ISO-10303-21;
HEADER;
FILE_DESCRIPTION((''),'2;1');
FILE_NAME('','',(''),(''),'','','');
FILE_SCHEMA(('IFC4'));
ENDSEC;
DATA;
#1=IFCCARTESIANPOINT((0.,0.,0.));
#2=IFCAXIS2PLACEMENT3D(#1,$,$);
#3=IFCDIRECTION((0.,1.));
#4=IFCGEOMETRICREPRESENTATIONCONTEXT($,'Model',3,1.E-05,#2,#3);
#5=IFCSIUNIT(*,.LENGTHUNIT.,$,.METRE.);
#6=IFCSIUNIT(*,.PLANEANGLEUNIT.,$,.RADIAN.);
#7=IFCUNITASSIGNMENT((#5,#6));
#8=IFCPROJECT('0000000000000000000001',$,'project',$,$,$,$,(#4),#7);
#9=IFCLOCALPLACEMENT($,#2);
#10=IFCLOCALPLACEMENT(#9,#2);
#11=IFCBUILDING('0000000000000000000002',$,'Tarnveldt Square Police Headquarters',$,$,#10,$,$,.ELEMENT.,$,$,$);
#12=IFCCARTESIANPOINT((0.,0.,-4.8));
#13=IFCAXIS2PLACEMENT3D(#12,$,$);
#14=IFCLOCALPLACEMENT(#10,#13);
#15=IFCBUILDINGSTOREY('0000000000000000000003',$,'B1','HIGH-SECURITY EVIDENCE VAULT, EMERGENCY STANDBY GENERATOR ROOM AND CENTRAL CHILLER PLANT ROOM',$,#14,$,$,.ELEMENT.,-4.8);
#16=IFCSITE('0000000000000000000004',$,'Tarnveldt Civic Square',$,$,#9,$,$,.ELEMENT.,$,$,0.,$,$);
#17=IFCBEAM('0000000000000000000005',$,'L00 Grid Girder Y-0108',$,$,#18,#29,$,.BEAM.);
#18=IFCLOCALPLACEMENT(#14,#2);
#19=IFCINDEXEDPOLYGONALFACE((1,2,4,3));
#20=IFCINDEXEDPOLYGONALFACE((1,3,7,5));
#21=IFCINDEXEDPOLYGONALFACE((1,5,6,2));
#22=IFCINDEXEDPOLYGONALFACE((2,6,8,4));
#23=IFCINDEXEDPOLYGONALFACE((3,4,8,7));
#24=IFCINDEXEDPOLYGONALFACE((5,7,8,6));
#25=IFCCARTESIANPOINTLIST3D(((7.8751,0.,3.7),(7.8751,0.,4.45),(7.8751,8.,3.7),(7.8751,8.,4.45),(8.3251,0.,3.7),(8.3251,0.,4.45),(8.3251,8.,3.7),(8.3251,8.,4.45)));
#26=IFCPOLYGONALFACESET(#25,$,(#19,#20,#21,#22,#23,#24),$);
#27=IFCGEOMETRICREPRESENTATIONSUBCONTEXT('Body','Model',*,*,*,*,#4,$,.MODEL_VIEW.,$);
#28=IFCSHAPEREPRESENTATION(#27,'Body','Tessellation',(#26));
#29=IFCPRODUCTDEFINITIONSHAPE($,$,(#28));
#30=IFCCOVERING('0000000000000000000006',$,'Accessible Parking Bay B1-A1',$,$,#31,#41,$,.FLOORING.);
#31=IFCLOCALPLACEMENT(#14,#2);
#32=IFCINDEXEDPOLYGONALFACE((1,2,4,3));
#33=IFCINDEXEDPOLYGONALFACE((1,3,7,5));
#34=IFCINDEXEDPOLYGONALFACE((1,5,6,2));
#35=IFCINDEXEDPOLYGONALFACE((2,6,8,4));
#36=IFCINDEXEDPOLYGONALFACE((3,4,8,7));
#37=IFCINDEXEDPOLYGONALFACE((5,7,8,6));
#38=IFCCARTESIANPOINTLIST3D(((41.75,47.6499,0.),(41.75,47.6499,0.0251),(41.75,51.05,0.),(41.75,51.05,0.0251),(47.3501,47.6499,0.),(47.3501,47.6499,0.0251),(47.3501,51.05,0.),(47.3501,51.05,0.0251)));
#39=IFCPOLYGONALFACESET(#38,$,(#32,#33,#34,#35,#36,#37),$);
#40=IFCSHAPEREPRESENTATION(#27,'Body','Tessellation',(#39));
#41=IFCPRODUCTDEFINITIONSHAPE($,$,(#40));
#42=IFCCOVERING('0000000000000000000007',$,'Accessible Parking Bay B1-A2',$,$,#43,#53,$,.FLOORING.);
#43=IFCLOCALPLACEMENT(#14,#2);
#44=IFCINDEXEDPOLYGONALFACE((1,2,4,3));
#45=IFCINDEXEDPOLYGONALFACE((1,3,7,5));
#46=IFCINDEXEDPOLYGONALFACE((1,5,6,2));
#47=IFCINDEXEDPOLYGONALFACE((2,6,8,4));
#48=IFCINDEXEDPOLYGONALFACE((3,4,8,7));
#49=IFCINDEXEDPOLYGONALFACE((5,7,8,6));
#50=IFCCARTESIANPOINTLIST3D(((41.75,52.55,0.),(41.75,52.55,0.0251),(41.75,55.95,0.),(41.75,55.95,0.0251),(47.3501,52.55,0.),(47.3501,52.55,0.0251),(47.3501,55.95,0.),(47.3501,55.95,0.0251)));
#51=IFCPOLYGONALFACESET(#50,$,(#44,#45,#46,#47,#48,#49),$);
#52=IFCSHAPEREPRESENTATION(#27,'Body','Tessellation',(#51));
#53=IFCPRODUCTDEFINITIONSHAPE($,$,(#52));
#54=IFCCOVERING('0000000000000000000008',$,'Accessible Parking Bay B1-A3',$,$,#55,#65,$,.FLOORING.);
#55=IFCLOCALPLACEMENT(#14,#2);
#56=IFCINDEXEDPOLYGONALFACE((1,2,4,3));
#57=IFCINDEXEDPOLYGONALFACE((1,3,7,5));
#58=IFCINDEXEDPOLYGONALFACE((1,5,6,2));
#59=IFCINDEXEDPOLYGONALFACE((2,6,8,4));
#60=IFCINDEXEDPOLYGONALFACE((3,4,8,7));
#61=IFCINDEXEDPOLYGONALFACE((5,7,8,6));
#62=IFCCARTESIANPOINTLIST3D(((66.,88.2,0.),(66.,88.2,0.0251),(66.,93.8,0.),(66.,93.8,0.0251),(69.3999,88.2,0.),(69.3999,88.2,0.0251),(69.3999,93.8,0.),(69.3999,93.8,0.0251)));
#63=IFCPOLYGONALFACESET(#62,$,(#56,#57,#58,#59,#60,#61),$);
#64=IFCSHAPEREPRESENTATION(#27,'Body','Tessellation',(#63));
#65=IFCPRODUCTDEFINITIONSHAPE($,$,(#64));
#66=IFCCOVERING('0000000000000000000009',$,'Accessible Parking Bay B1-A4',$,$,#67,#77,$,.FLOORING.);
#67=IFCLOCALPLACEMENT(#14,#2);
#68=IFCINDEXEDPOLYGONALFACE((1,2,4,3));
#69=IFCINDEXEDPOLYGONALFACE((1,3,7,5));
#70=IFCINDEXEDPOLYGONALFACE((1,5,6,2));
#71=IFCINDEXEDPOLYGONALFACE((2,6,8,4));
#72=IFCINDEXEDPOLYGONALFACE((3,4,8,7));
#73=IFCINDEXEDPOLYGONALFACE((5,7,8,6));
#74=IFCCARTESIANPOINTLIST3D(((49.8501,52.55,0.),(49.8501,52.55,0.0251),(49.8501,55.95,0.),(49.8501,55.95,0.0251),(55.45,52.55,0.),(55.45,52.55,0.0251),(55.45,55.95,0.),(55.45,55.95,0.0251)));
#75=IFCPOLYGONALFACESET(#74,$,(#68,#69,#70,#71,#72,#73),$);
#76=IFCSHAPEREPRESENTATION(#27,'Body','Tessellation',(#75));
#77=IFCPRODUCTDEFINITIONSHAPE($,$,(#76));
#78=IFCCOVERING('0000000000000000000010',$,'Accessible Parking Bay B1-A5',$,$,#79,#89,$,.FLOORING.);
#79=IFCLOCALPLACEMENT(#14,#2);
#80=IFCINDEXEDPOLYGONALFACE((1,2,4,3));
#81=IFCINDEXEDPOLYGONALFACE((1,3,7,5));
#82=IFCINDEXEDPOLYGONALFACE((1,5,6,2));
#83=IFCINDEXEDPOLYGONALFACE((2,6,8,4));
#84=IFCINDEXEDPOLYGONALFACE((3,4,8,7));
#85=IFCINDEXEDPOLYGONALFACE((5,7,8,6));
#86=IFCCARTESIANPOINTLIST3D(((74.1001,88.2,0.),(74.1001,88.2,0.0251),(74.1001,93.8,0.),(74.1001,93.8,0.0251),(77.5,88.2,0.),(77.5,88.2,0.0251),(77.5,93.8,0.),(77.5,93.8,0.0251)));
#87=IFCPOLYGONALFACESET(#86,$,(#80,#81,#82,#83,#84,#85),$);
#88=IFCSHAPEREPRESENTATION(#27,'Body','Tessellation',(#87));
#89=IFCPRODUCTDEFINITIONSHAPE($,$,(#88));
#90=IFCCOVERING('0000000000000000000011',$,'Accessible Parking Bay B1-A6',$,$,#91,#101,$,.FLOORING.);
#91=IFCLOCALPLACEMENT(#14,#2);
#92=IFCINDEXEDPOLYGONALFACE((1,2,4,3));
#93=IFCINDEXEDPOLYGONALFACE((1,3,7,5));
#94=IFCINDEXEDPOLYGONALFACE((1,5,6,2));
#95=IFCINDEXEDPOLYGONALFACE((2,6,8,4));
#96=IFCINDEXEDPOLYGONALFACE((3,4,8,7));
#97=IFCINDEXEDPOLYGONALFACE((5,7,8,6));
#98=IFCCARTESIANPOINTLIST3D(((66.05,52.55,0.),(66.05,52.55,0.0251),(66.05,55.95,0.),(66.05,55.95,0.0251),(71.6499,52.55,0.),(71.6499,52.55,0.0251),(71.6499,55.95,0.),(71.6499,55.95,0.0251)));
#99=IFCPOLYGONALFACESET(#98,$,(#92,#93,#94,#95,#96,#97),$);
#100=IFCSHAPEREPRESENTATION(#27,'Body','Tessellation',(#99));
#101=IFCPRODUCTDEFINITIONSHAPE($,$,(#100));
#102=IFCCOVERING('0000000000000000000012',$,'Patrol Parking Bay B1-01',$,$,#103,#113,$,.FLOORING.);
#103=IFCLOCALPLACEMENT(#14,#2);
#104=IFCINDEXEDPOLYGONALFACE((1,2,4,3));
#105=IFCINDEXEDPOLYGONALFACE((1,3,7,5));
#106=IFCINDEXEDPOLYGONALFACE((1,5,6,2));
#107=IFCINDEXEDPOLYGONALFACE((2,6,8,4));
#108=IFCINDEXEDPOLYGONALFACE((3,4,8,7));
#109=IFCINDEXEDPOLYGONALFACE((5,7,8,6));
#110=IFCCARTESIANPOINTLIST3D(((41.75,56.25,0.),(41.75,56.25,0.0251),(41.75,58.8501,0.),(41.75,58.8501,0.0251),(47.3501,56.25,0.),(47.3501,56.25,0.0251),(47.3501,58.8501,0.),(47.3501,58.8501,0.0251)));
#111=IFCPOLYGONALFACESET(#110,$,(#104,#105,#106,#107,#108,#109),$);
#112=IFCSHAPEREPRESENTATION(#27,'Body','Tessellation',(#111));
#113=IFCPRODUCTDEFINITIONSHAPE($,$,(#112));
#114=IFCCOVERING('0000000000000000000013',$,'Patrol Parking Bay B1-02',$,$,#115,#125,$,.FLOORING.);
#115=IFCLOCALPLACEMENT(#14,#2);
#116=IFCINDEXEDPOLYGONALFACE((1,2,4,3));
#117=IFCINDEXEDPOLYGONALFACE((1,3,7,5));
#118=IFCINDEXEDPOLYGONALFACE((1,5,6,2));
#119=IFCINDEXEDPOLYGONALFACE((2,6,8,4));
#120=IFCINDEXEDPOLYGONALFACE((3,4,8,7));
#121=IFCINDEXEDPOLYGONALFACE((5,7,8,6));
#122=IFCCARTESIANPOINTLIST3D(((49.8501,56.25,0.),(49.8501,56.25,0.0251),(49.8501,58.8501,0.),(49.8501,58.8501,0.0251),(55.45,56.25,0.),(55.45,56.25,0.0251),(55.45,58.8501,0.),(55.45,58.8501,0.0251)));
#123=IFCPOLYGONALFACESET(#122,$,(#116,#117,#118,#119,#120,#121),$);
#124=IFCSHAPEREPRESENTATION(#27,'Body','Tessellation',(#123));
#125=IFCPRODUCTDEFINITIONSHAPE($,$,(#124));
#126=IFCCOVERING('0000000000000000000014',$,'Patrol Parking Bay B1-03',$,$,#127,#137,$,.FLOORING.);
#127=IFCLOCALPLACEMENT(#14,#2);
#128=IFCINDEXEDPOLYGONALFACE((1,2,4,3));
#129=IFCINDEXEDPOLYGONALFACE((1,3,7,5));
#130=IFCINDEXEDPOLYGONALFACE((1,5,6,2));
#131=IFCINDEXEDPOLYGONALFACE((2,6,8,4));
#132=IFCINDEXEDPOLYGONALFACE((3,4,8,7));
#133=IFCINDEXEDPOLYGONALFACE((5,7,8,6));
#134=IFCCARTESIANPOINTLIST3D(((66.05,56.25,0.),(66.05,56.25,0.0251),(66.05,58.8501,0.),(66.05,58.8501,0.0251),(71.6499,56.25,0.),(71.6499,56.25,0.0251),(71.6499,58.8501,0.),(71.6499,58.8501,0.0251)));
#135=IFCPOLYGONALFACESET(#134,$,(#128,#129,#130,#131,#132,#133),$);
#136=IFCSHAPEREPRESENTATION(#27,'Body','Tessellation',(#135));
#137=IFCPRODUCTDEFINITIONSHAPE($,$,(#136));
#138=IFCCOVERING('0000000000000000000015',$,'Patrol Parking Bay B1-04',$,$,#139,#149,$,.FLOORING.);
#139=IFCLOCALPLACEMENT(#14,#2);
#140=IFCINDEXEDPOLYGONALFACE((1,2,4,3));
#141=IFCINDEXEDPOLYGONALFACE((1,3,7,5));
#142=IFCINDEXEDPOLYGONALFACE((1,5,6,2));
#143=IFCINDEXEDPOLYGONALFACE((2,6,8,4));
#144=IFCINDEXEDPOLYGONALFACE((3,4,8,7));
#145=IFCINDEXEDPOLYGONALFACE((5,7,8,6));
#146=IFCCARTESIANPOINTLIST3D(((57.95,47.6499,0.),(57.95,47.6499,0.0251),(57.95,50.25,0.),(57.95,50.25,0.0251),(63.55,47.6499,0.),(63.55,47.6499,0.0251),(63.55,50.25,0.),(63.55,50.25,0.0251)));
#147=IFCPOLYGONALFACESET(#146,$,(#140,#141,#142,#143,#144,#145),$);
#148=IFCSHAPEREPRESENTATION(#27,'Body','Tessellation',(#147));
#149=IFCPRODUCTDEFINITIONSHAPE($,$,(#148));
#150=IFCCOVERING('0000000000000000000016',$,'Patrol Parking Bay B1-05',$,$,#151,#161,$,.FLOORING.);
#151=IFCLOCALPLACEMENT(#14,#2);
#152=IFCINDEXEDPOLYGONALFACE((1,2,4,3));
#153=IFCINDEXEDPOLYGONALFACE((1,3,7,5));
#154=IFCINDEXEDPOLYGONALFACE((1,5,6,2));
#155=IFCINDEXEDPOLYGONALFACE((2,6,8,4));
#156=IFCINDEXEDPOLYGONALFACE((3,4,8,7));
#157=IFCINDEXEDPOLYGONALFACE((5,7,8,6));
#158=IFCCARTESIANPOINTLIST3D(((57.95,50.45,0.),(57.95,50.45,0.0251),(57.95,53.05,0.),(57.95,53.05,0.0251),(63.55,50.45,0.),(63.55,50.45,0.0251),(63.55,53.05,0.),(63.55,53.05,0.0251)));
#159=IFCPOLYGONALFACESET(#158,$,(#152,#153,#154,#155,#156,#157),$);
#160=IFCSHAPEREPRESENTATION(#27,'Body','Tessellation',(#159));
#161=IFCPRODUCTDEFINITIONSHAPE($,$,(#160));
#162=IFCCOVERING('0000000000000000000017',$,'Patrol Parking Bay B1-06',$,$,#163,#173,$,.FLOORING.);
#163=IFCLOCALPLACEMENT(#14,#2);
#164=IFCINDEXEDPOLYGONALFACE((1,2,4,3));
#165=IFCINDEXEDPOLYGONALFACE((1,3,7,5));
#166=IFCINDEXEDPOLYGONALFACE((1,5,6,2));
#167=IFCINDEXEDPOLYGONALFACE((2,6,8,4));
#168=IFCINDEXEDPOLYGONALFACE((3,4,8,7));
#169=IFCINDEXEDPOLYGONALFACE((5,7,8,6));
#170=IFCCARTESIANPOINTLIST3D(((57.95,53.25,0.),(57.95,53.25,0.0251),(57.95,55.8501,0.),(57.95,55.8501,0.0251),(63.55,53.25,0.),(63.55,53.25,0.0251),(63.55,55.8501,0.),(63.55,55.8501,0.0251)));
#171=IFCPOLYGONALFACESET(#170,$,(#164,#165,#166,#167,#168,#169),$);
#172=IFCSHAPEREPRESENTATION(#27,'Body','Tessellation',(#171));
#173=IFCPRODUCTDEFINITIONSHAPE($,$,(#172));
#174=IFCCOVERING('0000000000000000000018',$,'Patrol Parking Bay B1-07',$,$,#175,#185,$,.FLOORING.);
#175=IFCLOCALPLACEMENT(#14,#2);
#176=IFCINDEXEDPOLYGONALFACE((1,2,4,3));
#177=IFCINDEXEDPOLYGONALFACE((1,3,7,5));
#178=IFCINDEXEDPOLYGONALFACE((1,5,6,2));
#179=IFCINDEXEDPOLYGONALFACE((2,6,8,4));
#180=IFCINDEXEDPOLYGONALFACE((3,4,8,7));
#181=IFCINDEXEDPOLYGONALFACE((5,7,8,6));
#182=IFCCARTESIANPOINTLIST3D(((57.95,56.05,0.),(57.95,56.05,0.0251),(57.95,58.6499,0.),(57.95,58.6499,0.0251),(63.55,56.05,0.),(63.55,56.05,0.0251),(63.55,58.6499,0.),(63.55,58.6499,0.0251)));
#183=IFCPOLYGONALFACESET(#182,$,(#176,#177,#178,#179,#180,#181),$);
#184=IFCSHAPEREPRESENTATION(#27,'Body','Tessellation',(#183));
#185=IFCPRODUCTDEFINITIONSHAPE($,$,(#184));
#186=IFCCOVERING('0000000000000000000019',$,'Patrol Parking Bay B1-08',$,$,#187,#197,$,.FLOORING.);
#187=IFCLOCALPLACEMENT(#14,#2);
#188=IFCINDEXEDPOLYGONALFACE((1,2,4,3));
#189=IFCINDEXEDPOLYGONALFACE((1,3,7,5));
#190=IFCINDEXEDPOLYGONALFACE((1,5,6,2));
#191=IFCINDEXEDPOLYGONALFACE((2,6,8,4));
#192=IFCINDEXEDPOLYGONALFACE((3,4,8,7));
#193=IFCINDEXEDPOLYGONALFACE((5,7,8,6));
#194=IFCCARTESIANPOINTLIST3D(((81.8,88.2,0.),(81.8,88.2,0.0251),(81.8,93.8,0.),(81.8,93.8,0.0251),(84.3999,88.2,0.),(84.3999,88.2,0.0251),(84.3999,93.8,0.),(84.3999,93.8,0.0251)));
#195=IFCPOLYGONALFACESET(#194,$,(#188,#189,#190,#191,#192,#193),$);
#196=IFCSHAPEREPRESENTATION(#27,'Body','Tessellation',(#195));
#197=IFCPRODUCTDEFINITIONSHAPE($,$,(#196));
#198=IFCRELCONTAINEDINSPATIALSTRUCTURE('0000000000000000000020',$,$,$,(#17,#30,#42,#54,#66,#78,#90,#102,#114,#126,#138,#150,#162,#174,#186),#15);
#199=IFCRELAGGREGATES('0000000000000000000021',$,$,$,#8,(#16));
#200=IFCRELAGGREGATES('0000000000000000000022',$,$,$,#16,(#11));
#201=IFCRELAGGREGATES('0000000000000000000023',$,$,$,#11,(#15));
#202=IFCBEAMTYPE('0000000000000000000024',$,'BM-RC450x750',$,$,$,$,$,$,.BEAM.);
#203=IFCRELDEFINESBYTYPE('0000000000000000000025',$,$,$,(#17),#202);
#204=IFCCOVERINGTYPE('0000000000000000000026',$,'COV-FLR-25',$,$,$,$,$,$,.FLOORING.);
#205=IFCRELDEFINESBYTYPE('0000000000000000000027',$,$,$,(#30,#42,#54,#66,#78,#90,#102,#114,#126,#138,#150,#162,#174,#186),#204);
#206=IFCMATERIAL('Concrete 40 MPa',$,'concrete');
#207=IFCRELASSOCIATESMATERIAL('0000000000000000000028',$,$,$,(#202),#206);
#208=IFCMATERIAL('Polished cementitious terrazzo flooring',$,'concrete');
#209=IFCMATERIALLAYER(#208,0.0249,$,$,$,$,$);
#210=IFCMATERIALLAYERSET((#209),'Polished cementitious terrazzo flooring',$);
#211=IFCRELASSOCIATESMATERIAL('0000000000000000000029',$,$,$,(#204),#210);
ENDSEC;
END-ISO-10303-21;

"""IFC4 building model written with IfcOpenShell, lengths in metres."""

from ifc_helpers import new_model, si_unit, direction, frame, origin, origin_2d, place, context, subcontext, project, spatial, polyline, rectangle, outline, extrude, material, layer, layer_set, material_profile, profile_set, type_object, element, save


model = new_model("IFC4")

# Units and contexts
model_context = context("Model", 3, precision=1e-05, world=origin(), true_north=direction((0.0, 1.0)))
body_context = subcontext(model_context, "Body", "Model", "MODEL_VIEW")
ifc_project = project(units=[si_unit("LENGTHUNIT", "METRE"), si_unit("PLANEANGLEUNIT", "RADIAN")], contexts=[model_context])

# Site, building, storey
site_placement = place(None, origin())
site = spatial("IfcSite", under=ifc_project, at=site_placement, Name="Tarnveldt Civic Square", CompositionType="ELEMENT", RefElevation=0.0)
building_placement = place(site_placement, origin())
building = spatial("IfcBuilding", under=site, at=building_placement, Name="Tarnveldt Square Police Headquarters", CompositionType="ELEMENT")
storey_placement = place(building_placement, frame((0.0, 0.0, -4.8)))
storey = spatial("IfcBuildingStorey", under=building, at=storey_placement, Name="B1", Description="HIGH-SECURITY EVIDENCE VAULT, EMERGENCY STANDBY GENERATOR ROOM AND CENTRAL CHILLER PLANT ROOM", CompositionType="ELEMENT", Elevation=-4.8)

# Shared definitions
ifc_material_1 = material(Name="Concrete 40 MPa", Category="concrete")

# Beam
ifc_material_profile_1 = material_profile(ifc_material_1, rectangle(XDim=0.45, YDim=0.75, at=origin_2d()), Name="RC-B450x750")
ifc_profile_set_1 = profile_set([ifc_material_profile_1], Name="Concrete 40 MPa")
beam_type = type_object("IfcBeamType", Name="BM-RC450x750", PredefinedType="BEAM", material=ifc_profile_set_1)
beam_1_placement = place(storey_placement, frame((8.1001, 0.0, 4.075), z_axis=(0.0, 1.0, 0.0), x_axis=(-1.0, 0.0, 0.0)))
element("IfcBeam", 1, at=beam_1_placement, inside=storey, type_object=beam_type, Name="L00 Grid Girder Y-0108", PredefinedType="BEAM", context=body_context, shape_type="SweptSolid", body=[
    extrude(rectangle(XDim=0.45, YDim=0.75, at=origin_2d()), origin(), (0.0, 0.0, 1.0), 8.0),
])

# Coverings
ifc_material_2 = material(Name="Polished cementitious terrazzo flooring", Category="concrete")
ifc_layer = layer(ifc_material_2, 0.0249)
ifc_layer_set = layer_set([ifc_layer], Name="Polished cementitious terrazzo flooring")
covering_type = type_object("IfcCoveringType", Name="COV-FLR-25", PredefinedType="FLOORING", material=ifc_layer_set)
covering_1_placement = place(storey_placement, origin())
element("IfcCovering", 2, at=covering_1_placement, inside=storey, type_object=covering_type, Name="Accessible Parking Bay B1-A1", PredefinedType="FLOORING", context=body_context, shape_type="SweptSolid", body=[
    extrude(outline(polyline([(47.3501, 47.6499), (47.3501, 51.05), (41.75, 51.05), (41.75, 47.6499), (47.3501, 47.6499)])), origin(), (0.0, 0.0, 1.0), 0.0251),
])
covering_2_placement = place(storey_placement, origin())
element("IfcCovering", 3, at=covering_2_placement, inside=storey, type_object=covering_type, Name="Accessible Parking Bay B1-A2", PredefinedType="FLOORING", context=body_context, shape_type="SweptSolid", body=[
    extrude(outline(polyline([(47.3501, 52.55), (47.3501, 55.95), (41.75, 55.95), (41.75, 52.55), (47.3501, 52.55)])), origin(), (0.0, 0.0, 1.0), 0.0251),
])
covering_3_placement = place(storey_placement, origin())
element("IfcCovering", 4, at=covering_3_placement, inside=storey, type_object=covering_type, Name="Accessible Parking Bay B1-A3", PredefinedType="FLOORING", context=body_context, shape_type="SweptSolid", body=[
    extrude(outline(polyline([(69.3999, 88.2), (69.3999, 93.8), (66.0, 93.8), (66.0, 88.2), (69.3999, 88.2)])), origin(), (0.0, 0.0, 1.0), 0.0251),
])
covering_4_placement = place(storey_placement, origin())
element("IfcCovering", 5, at=covering_4_placement, inside=storey, type_object=covering_type, Name="Accessible Parking Bay B1-A4", PredefinedType="FLOORING", context=body_context, shape_type="SweptSolid", body=[
    extrude(outline(polyline([(55.45, 52.55), (55.45, 55.95), (49.8501, 55.95), (49.8501, 52.55), (55.45, 52.55)])), origin(), (0.0, 0.0, 1.0), 0.0251),
])
covering_5_placement = place(storey_placement, origin())
element("IfcCovering", 6, at=covering_5_placement, inside=storey, type_object=covering_type, Name="Accessible Parking Bay B1-A5", PredefinedType="FLOORING", context=body_context, shape_type="SweptSolid", body=[
    extrude(outline(polyline([(77.5, 88.2), (77.5, 93.8), (74.1001, 93.8), (74.1001, 88.2), (77.5, 88.2)])), origin(), (0.0, 0.0, 1.0), 0.0251),
])
covering_6_placement = place(storey_placement, origin())
element("IfcCovering", 7, at=covering_6_placement, inside=storey, type_object=covering_type, Name="Accessible Parking Bay B1-A6", PredefinedType="FLOORING", context=body_context, shape_type="SweptSolid", body=[
    extrude(outline(polyline([(71.6499, 52.55), (71.6499, 55.95), (66.05, 55.95), (66.05, 52.55), (71.6499, 52.55)])), origin(), (0.0, 0.0, 1.0), 0.0251),
])
covering_7_placement = place(storey_placement, origin())
element("IfcCovering", 8, at=covering_7_placement, inside=storey, type_object=covering_type, Name="Patrol Parking Bay B1-01", PredefinedType="FLOORING", context=body_context, shape_type="SweptSolid", body=[
    extrude(outline(polyline([(47.3501, 56.25), (47.3501, 58.8501), (41.75, 58.8501), (41.75, 56.25), (47.3501, 56.25)])), origin(), (0.0, 0.0, 1.0), 0.0251),
])
covering_8_placement = place(storey_placement, origin())
element("IfcCovering", 9, at=covering_8_placement, inside=storey, type_object=covering_type, Name="Patrol Parking Bay B1-02", PredefinedType="FLOORING", context=body_context, shape_type="SweptSolid", body=[
    extrude(outline(polyline([(55.45, 56.25), (55.45, 58.8501), (49.8501, 58.8501), (49.8501, 56.25), (55.45, 56.25)])), origin(), (0.0, 0.0, 1.0), 0.0251),
])
covering_9_placement = place(storey_placement, origin())
element("IfcCovering", 10, at=covering_9_placement, inside=storey, type_object=covering_type, Name="Patrol Parking Bay B1-03", PredefinedType="FLOORING", context=body_context, shape_type="SweptSolid", body=[
    extrude(outline(polyline([(71.6499, 56.25), (71.6499, 58.8501), (66.05, 58.8501), (66.05, 56.25), (71.6499, 56.25)])), origin(), (0.0, 0.0, 1.0), 0.0251),
])
covering_10_placement = place(storey_placement, origin())
element("IfcCovering", 11, at=covering_10_placement, inside=storey, type_object=covering_type, Name="Patrol Parking Bay B1-04", PredefinedType="FLOORING", context=body_context, shape_type="SweptSolid", body=[
    extrude(outline(polyline([(63.55, 47.6499), (63.55, 50.25), (57.95, 50.25), (57.95, 47.6499), (63.55, 47.6499)])), origin(), (0.0, 0.0, 1.0), 0.0251),
])
covering_11_placement = place(storey_placement, origin())
element("IfcCovering", 12, at=covering_11_placement, inside=storey, type_object=covering_type, Name="Patrol Parking Bay B1-05", PredefinedType="FLOORING", context=body_context, shape_type="SweptSolid", body=[
    extrude(outline(polyline([(63.55, 50.45), (63.55, 53.05), (57.95, 53.05), (57.95, 50.45), (63.55, 50.45)])), origin(), (0.0, 0.0, 1.0), 0.0251),
])
covering_12_placement = place(storey_placement, origin())
element("IfcCovering", 13, at=covering_12_placement, inside=storey, type_object=covering_type, Name="Patrol Parking Bay B1-06", PredefinedType="FLOORING", context=body_context, shape_type="SweptSolid", body=[
    extrude(outline(polyline([(63.55, 53.25), (63.55, 55.8501), (57.95, 55.8501), (57.95, 53.25), (63.55, 53.25)])), origin(), (0.0, 0.0, 1.0), 0.0251),
])
covering_13_placement = place(storey_placement, origin())
element("IfcCovering", 14, at=covering_13_placement, inside=storey, type_object=covering_type, Name="Patrol Parking Bay B1-07", PredefinedType="FLOORING", context=body_context, shape_type="SweptSolid", body=[
    extrude(outline(polyline([(63.55, 56.05), (63.55, 58.6499), (57.95, 58.6499), (57.95, 56.05), (63.55, 56.05)])), origin(), (0.0, 0.0, 1.0), 0.0251),
])
covering_14_placement = place(storey_placement, origin())
element("IfcCovering", 15, at=covering_14_placement, inside=storey, type_object=covering_type, Name="Patrol Parking Bay B1-08", PredefinedType="FLOORING", context=body_context, shape_type="SweptSolid", body=[
    extrude(outline(polyline([(84.3999, 88.2), (84.3999, 93.8), (81.8, 93.8), (81.8, 88.2), (84.3999, 88.2)])), origin(), (0.0, 0.0, 1.0), 0.0251),
])

save(model, "model.ifc")
